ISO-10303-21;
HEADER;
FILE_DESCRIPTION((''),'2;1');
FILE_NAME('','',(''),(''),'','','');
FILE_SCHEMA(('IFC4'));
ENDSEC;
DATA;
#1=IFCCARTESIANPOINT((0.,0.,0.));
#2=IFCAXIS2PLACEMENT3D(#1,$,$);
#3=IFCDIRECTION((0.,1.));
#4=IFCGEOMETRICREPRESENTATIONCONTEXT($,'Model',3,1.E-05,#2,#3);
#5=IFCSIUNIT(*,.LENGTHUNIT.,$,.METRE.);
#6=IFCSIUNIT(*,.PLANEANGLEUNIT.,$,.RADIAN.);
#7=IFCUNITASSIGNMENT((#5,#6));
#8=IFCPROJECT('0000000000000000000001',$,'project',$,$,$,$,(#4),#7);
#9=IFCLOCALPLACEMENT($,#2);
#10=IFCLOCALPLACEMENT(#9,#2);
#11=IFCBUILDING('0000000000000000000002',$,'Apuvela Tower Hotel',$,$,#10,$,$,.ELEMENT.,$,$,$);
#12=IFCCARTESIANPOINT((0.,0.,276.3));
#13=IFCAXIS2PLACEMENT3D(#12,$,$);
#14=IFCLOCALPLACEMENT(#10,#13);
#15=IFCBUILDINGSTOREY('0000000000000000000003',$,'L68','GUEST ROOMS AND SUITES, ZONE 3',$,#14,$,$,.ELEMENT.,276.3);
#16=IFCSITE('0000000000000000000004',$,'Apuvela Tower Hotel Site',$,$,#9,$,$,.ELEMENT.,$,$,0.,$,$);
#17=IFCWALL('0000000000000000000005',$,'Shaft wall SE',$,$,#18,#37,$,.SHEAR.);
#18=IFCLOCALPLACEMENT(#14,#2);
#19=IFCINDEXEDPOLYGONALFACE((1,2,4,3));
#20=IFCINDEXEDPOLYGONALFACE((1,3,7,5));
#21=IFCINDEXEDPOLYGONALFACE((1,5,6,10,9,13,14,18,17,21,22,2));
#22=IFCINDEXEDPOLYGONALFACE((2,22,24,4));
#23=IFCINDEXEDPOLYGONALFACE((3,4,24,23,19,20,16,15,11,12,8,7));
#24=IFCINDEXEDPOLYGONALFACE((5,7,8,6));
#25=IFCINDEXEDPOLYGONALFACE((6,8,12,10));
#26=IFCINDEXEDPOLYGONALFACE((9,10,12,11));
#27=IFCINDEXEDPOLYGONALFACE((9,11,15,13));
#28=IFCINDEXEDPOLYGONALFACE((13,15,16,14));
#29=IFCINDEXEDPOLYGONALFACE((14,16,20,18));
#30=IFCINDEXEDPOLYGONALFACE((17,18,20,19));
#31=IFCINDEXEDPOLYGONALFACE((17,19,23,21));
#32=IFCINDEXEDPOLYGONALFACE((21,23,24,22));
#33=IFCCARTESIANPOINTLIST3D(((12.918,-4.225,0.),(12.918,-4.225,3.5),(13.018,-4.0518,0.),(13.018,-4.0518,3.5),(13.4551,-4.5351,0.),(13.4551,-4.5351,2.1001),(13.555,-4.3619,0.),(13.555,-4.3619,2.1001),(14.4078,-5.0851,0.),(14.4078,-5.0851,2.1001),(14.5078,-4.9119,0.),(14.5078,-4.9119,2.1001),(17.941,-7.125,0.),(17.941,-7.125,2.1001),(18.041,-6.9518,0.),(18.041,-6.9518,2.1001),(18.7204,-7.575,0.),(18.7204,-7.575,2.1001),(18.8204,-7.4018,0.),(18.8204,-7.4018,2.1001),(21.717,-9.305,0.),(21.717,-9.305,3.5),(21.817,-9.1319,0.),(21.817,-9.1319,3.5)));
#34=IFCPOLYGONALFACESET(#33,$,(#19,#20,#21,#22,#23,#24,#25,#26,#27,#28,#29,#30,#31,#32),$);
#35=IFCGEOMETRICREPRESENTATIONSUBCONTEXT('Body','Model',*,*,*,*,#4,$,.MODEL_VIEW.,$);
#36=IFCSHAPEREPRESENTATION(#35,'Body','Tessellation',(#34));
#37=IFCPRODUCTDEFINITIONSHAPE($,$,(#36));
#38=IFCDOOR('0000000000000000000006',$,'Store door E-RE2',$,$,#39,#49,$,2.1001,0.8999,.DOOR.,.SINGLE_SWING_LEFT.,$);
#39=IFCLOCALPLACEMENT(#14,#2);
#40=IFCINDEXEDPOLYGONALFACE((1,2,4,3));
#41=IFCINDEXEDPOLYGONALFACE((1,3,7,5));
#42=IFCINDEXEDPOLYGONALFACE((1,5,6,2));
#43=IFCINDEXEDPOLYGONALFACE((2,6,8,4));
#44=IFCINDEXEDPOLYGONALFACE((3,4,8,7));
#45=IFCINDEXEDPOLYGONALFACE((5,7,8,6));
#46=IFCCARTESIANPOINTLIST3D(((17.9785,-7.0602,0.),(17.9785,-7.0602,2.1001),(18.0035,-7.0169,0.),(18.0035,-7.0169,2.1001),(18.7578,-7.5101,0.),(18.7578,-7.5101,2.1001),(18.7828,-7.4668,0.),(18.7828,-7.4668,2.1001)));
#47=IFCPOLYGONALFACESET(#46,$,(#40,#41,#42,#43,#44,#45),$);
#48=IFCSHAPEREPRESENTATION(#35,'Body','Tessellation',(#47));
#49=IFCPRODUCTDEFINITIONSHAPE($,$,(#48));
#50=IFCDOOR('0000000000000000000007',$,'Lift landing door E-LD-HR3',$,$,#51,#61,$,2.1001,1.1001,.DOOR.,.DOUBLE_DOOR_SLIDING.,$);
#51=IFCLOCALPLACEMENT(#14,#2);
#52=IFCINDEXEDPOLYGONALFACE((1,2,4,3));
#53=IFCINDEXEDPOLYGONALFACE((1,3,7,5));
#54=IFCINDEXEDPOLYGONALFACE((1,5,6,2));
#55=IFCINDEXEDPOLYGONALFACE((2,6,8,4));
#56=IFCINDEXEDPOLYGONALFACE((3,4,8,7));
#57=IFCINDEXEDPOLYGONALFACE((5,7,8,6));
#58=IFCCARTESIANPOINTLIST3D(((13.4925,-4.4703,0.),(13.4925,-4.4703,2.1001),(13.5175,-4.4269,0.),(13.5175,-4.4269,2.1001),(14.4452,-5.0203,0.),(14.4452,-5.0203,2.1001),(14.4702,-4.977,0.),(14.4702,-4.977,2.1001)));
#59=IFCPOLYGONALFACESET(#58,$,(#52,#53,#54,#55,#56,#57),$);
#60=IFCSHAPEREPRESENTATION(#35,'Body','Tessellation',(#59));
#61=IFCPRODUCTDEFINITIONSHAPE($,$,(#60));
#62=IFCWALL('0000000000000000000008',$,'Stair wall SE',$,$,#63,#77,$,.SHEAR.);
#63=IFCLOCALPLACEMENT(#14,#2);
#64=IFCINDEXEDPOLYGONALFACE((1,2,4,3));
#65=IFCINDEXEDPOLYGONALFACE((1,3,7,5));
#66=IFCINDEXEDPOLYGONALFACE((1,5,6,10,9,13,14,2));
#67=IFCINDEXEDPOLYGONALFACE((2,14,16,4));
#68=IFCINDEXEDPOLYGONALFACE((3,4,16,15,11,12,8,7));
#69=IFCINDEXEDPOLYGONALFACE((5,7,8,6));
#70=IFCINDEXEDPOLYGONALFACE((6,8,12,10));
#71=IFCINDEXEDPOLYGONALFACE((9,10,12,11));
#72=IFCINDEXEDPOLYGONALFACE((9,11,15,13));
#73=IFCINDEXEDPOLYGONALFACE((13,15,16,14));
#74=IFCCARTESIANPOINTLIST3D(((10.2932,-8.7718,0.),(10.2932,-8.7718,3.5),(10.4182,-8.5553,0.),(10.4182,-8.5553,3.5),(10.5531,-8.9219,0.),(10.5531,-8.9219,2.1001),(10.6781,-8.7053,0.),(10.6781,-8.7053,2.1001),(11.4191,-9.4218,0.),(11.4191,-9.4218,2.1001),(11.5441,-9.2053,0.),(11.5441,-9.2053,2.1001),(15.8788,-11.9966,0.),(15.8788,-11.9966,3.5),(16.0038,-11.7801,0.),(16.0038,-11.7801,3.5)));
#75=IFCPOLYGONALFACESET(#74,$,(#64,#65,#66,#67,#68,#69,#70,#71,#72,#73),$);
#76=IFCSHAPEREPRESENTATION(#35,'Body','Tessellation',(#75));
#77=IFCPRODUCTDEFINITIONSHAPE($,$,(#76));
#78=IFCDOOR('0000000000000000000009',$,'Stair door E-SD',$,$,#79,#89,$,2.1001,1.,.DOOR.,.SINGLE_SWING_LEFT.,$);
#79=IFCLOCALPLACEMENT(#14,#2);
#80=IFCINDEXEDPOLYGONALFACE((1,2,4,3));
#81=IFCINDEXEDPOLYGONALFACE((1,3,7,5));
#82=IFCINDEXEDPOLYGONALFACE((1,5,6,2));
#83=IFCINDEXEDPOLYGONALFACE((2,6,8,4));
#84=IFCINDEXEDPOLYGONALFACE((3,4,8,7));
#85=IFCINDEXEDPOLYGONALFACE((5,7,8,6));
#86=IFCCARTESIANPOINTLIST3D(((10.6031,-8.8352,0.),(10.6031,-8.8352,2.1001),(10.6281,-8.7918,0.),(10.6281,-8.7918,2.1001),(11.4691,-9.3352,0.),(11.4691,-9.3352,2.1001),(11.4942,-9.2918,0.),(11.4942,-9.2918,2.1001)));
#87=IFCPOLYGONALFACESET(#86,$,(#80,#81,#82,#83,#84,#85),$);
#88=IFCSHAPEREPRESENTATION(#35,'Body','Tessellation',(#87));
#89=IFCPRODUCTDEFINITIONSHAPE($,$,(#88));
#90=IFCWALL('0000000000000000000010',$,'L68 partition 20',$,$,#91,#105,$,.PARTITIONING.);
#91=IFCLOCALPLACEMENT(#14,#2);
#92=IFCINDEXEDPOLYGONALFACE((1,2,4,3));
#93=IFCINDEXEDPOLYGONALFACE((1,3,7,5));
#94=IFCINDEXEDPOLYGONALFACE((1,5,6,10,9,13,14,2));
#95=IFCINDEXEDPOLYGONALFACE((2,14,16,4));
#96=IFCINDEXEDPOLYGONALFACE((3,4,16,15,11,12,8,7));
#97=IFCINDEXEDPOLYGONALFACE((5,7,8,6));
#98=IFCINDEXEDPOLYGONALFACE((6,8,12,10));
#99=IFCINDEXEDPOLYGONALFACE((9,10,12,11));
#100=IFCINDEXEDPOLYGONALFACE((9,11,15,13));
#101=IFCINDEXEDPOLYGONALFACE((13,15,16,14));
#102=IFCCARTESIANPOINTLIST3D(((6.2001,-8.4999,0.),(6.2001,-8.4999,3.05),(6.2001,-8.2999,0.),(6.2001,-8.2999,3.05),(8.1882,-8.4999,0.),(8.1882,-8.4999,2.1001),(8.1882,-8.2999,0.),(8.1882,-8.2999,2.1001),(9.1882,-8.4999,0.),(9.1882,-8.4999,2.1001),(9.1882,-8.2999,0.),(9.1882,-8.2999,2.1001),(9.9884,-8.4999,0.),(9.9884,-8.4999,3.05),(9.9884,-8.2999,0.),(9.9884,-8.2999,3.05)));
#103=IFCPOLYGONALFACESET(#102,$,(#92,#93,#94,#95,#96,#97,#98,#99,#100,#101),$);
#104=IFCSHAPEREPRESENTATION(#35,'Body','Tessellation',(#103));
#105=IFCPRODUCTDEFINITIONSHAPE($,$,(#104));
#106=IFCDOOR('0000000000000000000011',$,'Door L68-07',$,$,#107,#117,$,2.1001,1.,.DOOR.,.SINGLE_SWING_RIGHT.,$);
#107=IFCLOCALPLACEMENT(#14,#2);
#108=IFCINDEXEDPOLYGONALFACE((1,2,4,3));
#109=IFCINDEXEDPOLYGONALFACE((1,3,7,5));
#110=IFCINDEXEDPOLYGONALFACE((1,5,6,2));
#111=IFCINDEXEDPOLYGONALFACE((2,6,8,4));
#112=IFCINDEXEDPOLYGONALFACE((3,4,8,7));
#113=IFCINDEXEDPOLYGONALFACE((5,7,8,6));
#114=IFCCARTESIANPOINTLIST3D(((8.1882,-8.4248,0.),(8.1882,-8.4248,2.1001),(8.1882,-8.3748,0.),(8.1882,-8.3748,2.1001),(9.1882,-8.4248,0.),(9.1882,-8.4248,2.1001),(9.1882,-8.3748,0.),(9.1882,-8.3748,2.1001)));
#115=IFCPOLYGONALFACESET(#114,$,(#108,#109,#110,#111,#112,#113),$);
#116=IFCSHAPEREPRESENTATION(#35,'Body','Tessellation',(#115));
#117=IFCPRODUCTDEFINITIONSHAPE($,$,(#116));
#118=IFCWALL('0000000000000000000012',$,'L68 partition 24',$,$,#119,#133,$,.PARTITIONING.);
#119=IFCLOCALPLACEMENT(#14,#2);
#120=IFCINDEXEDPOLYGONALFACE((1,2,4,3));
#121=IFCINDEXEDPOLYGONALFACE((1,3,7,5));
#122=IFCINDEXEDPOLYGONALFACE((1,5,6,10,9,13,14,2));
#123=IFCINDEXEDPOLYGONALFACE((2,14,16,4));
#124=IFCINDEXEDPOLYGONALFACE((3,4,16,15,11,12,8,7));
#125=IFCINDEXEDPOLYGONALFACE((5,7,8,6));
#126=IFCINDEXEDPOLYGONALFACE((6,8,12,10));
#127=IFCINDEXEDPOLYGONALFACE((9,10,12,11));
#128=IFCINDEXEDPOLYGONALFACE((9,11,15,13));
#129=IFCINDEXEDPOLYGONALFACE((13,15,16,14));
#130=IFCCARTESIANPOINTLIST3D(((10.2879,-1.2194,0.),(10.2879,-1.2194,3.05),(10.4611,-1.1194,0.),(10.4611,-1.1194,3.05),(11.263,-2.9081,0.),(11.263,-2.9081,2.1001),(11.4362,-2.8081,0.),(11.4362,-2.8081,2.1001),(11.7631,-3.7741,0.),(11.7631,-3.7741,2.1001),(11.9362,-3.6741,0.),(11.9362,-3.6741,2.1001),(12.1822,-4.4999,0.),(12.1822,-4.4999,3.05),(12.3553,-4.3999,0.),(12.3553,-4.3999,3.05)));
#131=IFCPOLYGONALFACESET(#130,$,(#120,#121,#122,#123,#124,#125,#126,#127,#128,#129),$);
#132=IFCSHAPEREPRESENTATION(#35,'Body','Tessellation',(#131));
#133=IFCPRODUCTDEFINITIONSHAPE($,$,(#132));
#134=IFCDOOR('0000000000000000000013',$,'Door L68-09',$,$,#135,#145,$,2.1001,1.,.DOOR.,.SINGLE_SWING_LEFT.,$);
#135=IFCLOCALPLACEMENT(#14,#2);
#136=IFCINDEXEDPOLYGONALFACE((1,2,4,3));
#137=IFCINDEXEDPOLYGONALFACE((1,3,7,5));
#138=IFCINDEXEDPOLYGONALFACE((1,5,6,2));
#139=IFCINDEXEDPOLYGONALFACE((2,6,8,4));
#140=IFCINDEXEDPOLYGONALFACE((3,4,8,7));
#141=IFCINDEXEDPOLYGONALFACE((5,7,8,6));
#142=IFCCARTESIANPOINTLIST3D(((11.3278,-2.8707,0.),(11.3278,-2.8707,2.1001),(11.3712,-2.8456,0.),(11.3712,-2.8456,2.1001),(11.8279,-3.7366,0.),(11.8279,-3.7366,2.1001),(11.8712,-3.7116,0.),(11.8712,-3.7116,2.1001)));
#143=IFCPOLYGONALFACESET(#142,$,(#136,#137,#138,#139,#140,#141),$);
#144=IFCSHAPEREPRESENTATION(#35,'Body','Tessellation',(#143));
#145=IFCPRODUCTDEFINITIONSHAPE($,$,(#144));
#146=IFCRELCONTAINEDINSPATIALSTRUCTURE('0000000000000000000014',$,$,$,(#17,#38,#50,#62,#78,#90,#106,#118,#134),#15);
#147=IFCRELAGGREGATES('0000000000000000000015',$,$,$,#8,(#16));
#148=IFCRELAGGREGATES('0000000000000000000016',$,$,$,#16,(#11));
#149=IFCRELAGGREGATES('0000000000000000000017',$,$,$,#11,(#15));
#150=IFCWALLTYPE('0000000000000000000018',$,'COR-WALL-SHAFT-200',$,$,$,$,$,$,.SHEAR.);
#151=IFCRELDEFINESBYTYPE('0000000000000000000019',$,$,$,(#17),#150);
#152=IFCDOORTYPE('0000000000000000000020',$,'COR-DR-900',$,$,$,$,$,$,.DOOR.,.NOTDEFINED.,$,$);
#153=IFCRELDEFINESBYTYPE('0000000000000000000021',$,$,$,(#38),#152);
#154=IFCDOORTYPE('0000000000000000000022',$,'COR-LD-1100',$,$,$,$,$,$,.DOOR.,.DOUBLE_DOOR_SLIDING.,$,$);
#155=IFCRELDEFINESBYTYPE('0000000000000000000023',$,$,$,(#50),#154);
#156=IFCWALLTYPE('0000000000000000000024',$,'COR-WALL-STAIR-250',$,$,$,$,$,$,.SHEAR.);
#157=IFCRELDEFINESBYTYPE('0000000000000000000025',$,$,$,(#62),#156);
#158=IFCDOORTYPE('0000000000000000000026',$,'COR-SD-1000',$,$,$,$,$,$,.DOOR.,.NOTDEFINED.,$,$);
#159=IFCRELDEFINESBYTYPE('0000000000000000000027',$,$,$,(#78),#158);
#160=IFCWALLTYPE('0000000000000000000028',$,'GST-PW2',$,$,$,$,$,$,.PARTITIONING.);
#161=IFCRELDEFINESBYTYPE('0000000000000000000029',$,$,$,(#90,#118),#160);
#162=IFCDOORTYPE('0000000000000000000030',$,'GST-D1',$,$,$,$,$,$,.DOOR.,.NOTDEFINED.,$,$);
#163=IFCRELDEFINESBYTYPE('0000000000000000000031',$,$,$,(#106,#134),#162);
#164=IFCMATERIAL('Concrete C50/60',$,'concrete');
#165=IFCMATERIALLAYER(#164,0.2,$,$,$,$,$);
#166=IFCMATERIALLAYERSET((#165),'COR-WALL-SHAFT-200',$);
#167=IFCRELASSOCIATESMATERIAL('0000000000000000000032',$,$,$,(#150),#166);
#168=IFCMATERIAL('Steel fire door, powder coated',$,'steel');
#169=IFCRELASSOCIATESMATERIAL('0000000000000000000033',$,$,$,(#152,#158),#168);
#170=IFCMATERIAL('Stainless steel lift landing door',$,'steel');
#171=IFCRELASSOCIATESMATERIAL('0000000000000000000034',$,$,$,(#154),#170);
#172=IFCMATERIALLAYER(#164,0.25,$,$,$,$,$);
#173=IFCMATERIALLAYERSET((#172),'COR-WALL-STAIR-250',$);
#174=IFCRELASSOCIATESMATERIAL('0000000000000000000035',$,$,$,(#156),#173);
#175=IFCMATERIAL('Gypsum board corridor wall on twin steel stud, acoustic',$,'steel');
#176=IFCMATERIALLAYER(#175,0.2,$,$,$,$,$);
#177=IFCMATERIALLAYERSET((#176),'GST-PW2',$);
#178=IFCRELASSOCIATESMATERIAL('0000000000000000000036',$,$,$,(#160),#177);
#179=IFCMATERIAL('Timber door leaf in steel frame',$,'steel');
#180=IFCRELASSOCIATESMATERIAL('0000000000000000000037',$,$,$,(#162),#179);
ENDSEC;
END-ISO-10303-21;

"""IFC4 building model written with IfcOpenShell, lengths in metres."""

from ifc_helpers import new_model, si_unit, direction, frame, frame_2d, origin, place, context, subcontext, project, spatial, rectangle, extrude, material, layer, layer_set, type_object, element, fill, save


model = new_model("IFC4")

# Units and contexts
model_context = context("Model", 3, precision=1e-05, world=origin(), true_north=direction((0.0, 1.0)))
body_context = subcontext(model_context, "Body", "Model", "MODEL_VIEW")
ifc_project = project(units=[si_unit("LENGTHUNIT", "METRE"), si_unit("PLANEANGLEUNIT", "RADIAN")], contexts=[model_context])

# Site, building, storey
site_placement = place(None, origin())
site = spatial("IfcSite", under=ifc_project, at=site_placement, Name="Apuvela Tower Hotel Site", CompositionType="ELEMENT", RefElevation=0.0)
building_placement = place(site_placement, origin())
building = spatial("IfcBuilding", under=site, at=building_placement, Name="Apuvela Tower Hotel", CompositionType="ELEMENT")
storey_placement = place(building_placement, frame((0.0, 0.0, 276.3)))
storey = spatial("IfcBuildingStorey", under=building, at=storey_placement, Name="L68", Description="GUEST ROOMS AND SUITES, ZONE 3", CompositionType="ELEMENT", Elevation=276.3)

# Shared definitions
ifc_material_1 = material(Name="Concrete C50/60", Category="concrete")
ifc_material_2 = material(Name="Steel fire door, powder coated", Category="steel")

# Shared definitions
ifc_layer_1 = layer(ifc_material_1, 0.2)
ifc_layer_set_1 = layer_set([ifc_layer_1], Name="COR-WALL-SHAFT-200")
wall_type_1 = type_object("IfcWallType", Name="COR-WALL-SHAFT-200", PredefinedType="SHEAR", material=ifc_layer_set_1)
ifc_material_3 = material(Name="Stainless steel lift landing door", Category="steel")

# Wall, openings, doors
wall_1_placement = place(storey_placement, frame((12.968, -4.1384, 0.0), z_axis=(0.0, 0.0, 1.0), x_axis=(0.866028, -0.499995, 0.0)))
wall_1 = element("IfcWall", 1, at=wall_1_placement, inside=storey, type_object=wall_type_1, Name="Shaft wall SE", PredefinedType="SHEAR", context=body_context, shape_type="SweptSolid", body=[
    extrude(rectangle(XDim=10.1602, YDim=0.2, at=frame_2d((5.0801, 0.0))), origin(), (0.0, 0.0, 1.0), 3.5),
])
opening_1_placement = place(wall_1_placement, frame((0.6201, 0.0, 0.0)))
opening_1 = element("IfcOpeningElement", 2, at=opening_1_placement, cuts=wall_1, PredefinedType="OPENING", context=body_context, shape_type="SweptSolid", body=[
    extrude(rectangle(XDim=1.1001, YDim=2.1001, at=frame_2d((0.55, 1.05))), frame((0.0, 0.1099, 0.0), z_axis=(0.0, -1.0, 0.0), x_axis=(1.0, 0.0, 0.0)), (0.0, 0.0, 1.0), 0.22),
])
opening_2_placement = place(wall_1_placement, frame((5.8, 0.0, 0.0)))
opening_2 = element("IfcOpeningElement", 3, at=opening_2_placement, cuts=wall_1, PredefinedType="OPENING", context=body_context, shape_type="SweptSolid", body=[
    extrude(rectangle(XDim=0.8999, YDim=2.1001, at=frame_2d((0.45, 1.05))), frame((0.0, 0.1099, 0.0), z_axis=(0.0, -1.0, 0.0), x_axis=(1.0, 0.0, 0.0)), (0.0, 0.0, 1.0), 0.22),
])
door_type_1 = type_object("IfcDoorType", Name="COR-DR-900", OperationType="NOTDEFINED", PredefinedType="DOOR", material=ifc_material_2)
door_1_placement = place(opening_2_placement, origin())
door_1 = element("IfcDoor", 4, at=door_1_placement, inside=storey, type_object=door_type_1, Name="Store door E-RE2", OperationType="SINGLE_SWING_LEFT", OverallHeight=2.1001, OverallWidth=0.8999, PredefinedType="DOOR", context=body_context, shape_type="SweptSolid", body=[
    extrude(rectangle(XDim=0.8999, YDim=2.1001, at=frame_2d((0.45, 1.05))), frame((0.0, 0.0249, 0.0), z_axis=(0.0, -1.0, 0.0), x_axis=(1.0, 0.0, 0.0)), (0.0, 0.0, 1.0), 0.05),
])
fill(opening_2, door_1)
door_type_2 = type_object("IfcDoorType", Name="COR-LD-1100", OperationType="DOUBLE_DOOR_SLIDING", PredefinedType="DOOR", material=ifc_material_3)
door_2_placement = place(opening_1_placement, origin())
door_2 = element("IfcDoor", 5, at=door_2_placement, inside=storey, type_object=door_type_2, Name="Lift landing door E-LD-HR3", OperationType="DOUBLE_DOOR_SLIDING", OverallHeight=2.1001, OverallWidth=1.1001, PredefinedType="DOOR", context=body_context, shape_type="SweptSolid", body=[
    extrude(rectangle(XDim=1.1001, YDim=2.1001, at=frame_2d((0.55, 1.05))), frame((0.0, 0.0249, 0.0), z_axis=(0.0, -1.0, 0.0), x_axis=(1.0, 0.0, 0.0)), (0.0, 0.0, 1.0), 0.05),
])
fill(opening_1, door_2)

# Walls, openings, doors
ifc_layer_2 = layer(ifc_material_1, 0.25)
ifc_layer_set_2 = layer_set([ifc_layer_2], Name="COR-WALL-STAIR-250")
wall_type_2 = type_object("IfcWallType", Name="COR-WALL-STAIR-250", PredefinedType="SHEAR", material=ifc_layer_set_2)
wall_2_placement = place(storey_placement, frame((10.3557, -8.6636, 0.0), z_axis=(0.0, 0.0, 1.0), x_axis=(0.866029, -0.499994, 0.0)))
wall_2 = element("IfcWall", 6, at=wall_2_placement, inside=storey, type_object=wall_type_2, Name="Stair wall SE", PredefinedType="SHEAR", context=body_context, shape_type="SweptSolid", body=[
    extrude(rectangle(XDim=6.4497, YDim=0.25, at=frame_2d((3.2249, 0.0))), origin(), (0.0, 0.0, 1.0), 3.5),
])
opening_3_placement = place(wall_2_placement, frame((0.3, 0.0, 0.0)))
opening_3 = element("IfcOpeningElement", 7, at=opening_3_placement, cuts=wall_2, PredefinedType="OPENING", context=body_context, shape_type="SweptSolid", body=[
    extrude(rectangle(XDim=1.0, YDim=2.1001, at=frame_2d((0.5, 1.05))), frame((0.0, 0.135, 0.0), z_axis=(0.0, -1.0, 0.0), x_axis=(1.0, 0.0, 0.0)), (0.0, 0.0, 1.0), 0.27),
])
door_type_3 = type_object("IfcDoorType", Name="COR-SD-1000", OperationType="NOTDEFINED", PredefinedType="DOOR", material=ifc_material_2)
door_3_placement = place(opening_3_placement, frame((1.0, 0.0, 0.0), z_axis=(0.0, 0.0, 1.0), x_axis=(-1.0, 0.0, 0.0)))
door_3 = element("IfcDoor", 8, at=door_3_placement, inside=storey, type_object=door_type_3, Name="Stair door E-SD", OperationType="SINGLE_SWING_LEFT", OverallHeight=2.1001, OverallWidth=1.0, PredefinedType="DOOR", context=body_context, shape_type="SweptSolid", body=[
    extrude(rectangle(XDim=1.0, YDim=2.1001, at=frame_2d((0.5, 1.05))), frame((0.0, 0.0249, 0.0), z_axis=(0.0, -1.0, 0.0), x_axis=(1.0, 0.0, 0.0)), (0.0, 0.0, 1.0), 0.05),
])
fill(opening_3, door_3)
ifc_material_4 = material(Name="Gypsum board corridor wall on twin steel stud, acoustic", Category="steel")
ifc_layer_3 = layer(ifc_material_4, 0.2)
ifc_layer_set_3 = layer_set([ifc_layer_3], Name="GST-PW2")
wall_type_3 = type_object("IfcWallType", Name="GST-PW2", PredefinedType="PARTITIONING", material=ifc_layer_set_3)
wall_3_placement = place(storey_placement, frame((9.9883, -8.3999, 0.0), z_axis=(0.0, 0.0, 1.0), x_axis=(-1.0, 0.0, 0.0)))
wall_3 = element("IfcWall", 9, at=wall_3_placement, inside=storey, type_object=wall_type_3, Name="L68 partition 20", PredefinedType="PARTITIONING", context=body_context, shape_type="SweptSolid", body=[
    extrude(rectangle(XDim=3.7883, YDim=0.2, at=frame_2d((1.894, 0.0))), origin(), (0.0, 0.0, 1.0), 3.05),
])
opening_4_placement = place(wall_3_placement, frame((0.8, 0.0, 0.0)))
opening_4 = element("IfcOpeningElement", 10, at=opening_4_placement, cuts=wall_3, PredefinedType="OPENING", context=body_context, shape_type="SweptSolid", body=[
    extrude(rectangle(XDim=1.0, YDim=2.1001, at=frame_2d((0.5, 1.05))), frame((0.0, 0.1099, 0.0), z_axis=(0.0, -1.0, 0.0), x_axis=(1.0, 0.0, 0.0)), (0.0, 0.0, 1.0), 0.22),
])
ifc_material_5 = material(Name="Timber door leaf in steel frame", Category="steel")
door_type_4 = type_object("IfcDoorType", Name="GST-D1", OperationType="NOTDEFINED", PredefinedType="DOOR", material=ifc_material_5)
door_4_placement = place(opening_4_placement, origin())
door_4 = element("IfcDoor", 11, at=door_4_placement, inside=storey, type_object=door_type_4, Name="Door L68-07", OperationType="SINGLE_SWING_RIGHT", OverallHeight=2.1001, OverallWidth=1.0, PredefinedType="DOOR", context=body_context, shape_type="SweptSolid", body=[
    extrude(rectangle(XDim=1.0, YDim=2.1001, at=frame_2d((0.5, 1.05))), frame((0.0, 0.0249, 0.0), z_axis=(0.0, -1.0, 0.0), x_axis=(1.0, 0.0, 0.0)), (0.0, 0.0, 1.0), 0.05),
])
fill(opening_4, door_4)
wall_4_placement = place(storey_placement, frame((10.3745, -1.1694, 0.0), z_axis=(0.0, 0.0, 1.0), x_axis=(0.500055, -0.865993, 0.0)))
wall_4 = element("IfcWall", 12, at=wall_4_placement, inside=storey, type_object=wall_type_3, Name="L68 partition 24", PredefinedType="PARTITIONING", context=body_context, shape_type="SweptSolid", body=[
    extrude(rectangle(XDim=3.7881, YDim=0.2, at=frame_2d((1.894, 0.0))), origin(), (0.0, 0.0, 1.0), 3.05),
])
opening_5_placement = place(wall_4_placement, frame((1.95, 0.0, 0.0)))
opening_5 = element("IfcOpeningElement", 13, at=opening_5_placement, cuts=wall_4, PredefinedType="OPENING", context=body_context, shape_type="SweptSolid", body=[
    extrude(rectangle(XDim=1.0, YDim=2.1001, at=frame_2d((0.5, 1.05))), frame((0.0, 0.1099, 0.0), z_axis=(0.0, -1.0, 0.0), x_axis=(1.0, 0.0, 0.0)), (0.0, 0.0, 1.0), 0.22),
])
door_5_placement = place(opening_5_placement, origin())
door_5 = element("IfcDoor", 14, at=door_5_placement, inside=storey, type_object=door_type_4, Name="Door L68-09", OperationType="SINGLE_SWING_LEFT", OverallHeight=2.1001, OverallWidth=1.0, PredefinedType="DOOR", context=body_context, shape_type="SweptSolid", body=[
    extrude(rectangle(XDim=1.0, YDim=2.1001, at=frame_2d((0.5, 1.05))), frame((0.0, 0.0249, 0.0), z_axis=(0.0, -1.0, 0.0), x_axis=(1.0, 0.0, 0.0)), (0.0, 0.0, 1.0), 0.05),
])
fill(opening_5, door_5)

save(model, "model.ifc")
